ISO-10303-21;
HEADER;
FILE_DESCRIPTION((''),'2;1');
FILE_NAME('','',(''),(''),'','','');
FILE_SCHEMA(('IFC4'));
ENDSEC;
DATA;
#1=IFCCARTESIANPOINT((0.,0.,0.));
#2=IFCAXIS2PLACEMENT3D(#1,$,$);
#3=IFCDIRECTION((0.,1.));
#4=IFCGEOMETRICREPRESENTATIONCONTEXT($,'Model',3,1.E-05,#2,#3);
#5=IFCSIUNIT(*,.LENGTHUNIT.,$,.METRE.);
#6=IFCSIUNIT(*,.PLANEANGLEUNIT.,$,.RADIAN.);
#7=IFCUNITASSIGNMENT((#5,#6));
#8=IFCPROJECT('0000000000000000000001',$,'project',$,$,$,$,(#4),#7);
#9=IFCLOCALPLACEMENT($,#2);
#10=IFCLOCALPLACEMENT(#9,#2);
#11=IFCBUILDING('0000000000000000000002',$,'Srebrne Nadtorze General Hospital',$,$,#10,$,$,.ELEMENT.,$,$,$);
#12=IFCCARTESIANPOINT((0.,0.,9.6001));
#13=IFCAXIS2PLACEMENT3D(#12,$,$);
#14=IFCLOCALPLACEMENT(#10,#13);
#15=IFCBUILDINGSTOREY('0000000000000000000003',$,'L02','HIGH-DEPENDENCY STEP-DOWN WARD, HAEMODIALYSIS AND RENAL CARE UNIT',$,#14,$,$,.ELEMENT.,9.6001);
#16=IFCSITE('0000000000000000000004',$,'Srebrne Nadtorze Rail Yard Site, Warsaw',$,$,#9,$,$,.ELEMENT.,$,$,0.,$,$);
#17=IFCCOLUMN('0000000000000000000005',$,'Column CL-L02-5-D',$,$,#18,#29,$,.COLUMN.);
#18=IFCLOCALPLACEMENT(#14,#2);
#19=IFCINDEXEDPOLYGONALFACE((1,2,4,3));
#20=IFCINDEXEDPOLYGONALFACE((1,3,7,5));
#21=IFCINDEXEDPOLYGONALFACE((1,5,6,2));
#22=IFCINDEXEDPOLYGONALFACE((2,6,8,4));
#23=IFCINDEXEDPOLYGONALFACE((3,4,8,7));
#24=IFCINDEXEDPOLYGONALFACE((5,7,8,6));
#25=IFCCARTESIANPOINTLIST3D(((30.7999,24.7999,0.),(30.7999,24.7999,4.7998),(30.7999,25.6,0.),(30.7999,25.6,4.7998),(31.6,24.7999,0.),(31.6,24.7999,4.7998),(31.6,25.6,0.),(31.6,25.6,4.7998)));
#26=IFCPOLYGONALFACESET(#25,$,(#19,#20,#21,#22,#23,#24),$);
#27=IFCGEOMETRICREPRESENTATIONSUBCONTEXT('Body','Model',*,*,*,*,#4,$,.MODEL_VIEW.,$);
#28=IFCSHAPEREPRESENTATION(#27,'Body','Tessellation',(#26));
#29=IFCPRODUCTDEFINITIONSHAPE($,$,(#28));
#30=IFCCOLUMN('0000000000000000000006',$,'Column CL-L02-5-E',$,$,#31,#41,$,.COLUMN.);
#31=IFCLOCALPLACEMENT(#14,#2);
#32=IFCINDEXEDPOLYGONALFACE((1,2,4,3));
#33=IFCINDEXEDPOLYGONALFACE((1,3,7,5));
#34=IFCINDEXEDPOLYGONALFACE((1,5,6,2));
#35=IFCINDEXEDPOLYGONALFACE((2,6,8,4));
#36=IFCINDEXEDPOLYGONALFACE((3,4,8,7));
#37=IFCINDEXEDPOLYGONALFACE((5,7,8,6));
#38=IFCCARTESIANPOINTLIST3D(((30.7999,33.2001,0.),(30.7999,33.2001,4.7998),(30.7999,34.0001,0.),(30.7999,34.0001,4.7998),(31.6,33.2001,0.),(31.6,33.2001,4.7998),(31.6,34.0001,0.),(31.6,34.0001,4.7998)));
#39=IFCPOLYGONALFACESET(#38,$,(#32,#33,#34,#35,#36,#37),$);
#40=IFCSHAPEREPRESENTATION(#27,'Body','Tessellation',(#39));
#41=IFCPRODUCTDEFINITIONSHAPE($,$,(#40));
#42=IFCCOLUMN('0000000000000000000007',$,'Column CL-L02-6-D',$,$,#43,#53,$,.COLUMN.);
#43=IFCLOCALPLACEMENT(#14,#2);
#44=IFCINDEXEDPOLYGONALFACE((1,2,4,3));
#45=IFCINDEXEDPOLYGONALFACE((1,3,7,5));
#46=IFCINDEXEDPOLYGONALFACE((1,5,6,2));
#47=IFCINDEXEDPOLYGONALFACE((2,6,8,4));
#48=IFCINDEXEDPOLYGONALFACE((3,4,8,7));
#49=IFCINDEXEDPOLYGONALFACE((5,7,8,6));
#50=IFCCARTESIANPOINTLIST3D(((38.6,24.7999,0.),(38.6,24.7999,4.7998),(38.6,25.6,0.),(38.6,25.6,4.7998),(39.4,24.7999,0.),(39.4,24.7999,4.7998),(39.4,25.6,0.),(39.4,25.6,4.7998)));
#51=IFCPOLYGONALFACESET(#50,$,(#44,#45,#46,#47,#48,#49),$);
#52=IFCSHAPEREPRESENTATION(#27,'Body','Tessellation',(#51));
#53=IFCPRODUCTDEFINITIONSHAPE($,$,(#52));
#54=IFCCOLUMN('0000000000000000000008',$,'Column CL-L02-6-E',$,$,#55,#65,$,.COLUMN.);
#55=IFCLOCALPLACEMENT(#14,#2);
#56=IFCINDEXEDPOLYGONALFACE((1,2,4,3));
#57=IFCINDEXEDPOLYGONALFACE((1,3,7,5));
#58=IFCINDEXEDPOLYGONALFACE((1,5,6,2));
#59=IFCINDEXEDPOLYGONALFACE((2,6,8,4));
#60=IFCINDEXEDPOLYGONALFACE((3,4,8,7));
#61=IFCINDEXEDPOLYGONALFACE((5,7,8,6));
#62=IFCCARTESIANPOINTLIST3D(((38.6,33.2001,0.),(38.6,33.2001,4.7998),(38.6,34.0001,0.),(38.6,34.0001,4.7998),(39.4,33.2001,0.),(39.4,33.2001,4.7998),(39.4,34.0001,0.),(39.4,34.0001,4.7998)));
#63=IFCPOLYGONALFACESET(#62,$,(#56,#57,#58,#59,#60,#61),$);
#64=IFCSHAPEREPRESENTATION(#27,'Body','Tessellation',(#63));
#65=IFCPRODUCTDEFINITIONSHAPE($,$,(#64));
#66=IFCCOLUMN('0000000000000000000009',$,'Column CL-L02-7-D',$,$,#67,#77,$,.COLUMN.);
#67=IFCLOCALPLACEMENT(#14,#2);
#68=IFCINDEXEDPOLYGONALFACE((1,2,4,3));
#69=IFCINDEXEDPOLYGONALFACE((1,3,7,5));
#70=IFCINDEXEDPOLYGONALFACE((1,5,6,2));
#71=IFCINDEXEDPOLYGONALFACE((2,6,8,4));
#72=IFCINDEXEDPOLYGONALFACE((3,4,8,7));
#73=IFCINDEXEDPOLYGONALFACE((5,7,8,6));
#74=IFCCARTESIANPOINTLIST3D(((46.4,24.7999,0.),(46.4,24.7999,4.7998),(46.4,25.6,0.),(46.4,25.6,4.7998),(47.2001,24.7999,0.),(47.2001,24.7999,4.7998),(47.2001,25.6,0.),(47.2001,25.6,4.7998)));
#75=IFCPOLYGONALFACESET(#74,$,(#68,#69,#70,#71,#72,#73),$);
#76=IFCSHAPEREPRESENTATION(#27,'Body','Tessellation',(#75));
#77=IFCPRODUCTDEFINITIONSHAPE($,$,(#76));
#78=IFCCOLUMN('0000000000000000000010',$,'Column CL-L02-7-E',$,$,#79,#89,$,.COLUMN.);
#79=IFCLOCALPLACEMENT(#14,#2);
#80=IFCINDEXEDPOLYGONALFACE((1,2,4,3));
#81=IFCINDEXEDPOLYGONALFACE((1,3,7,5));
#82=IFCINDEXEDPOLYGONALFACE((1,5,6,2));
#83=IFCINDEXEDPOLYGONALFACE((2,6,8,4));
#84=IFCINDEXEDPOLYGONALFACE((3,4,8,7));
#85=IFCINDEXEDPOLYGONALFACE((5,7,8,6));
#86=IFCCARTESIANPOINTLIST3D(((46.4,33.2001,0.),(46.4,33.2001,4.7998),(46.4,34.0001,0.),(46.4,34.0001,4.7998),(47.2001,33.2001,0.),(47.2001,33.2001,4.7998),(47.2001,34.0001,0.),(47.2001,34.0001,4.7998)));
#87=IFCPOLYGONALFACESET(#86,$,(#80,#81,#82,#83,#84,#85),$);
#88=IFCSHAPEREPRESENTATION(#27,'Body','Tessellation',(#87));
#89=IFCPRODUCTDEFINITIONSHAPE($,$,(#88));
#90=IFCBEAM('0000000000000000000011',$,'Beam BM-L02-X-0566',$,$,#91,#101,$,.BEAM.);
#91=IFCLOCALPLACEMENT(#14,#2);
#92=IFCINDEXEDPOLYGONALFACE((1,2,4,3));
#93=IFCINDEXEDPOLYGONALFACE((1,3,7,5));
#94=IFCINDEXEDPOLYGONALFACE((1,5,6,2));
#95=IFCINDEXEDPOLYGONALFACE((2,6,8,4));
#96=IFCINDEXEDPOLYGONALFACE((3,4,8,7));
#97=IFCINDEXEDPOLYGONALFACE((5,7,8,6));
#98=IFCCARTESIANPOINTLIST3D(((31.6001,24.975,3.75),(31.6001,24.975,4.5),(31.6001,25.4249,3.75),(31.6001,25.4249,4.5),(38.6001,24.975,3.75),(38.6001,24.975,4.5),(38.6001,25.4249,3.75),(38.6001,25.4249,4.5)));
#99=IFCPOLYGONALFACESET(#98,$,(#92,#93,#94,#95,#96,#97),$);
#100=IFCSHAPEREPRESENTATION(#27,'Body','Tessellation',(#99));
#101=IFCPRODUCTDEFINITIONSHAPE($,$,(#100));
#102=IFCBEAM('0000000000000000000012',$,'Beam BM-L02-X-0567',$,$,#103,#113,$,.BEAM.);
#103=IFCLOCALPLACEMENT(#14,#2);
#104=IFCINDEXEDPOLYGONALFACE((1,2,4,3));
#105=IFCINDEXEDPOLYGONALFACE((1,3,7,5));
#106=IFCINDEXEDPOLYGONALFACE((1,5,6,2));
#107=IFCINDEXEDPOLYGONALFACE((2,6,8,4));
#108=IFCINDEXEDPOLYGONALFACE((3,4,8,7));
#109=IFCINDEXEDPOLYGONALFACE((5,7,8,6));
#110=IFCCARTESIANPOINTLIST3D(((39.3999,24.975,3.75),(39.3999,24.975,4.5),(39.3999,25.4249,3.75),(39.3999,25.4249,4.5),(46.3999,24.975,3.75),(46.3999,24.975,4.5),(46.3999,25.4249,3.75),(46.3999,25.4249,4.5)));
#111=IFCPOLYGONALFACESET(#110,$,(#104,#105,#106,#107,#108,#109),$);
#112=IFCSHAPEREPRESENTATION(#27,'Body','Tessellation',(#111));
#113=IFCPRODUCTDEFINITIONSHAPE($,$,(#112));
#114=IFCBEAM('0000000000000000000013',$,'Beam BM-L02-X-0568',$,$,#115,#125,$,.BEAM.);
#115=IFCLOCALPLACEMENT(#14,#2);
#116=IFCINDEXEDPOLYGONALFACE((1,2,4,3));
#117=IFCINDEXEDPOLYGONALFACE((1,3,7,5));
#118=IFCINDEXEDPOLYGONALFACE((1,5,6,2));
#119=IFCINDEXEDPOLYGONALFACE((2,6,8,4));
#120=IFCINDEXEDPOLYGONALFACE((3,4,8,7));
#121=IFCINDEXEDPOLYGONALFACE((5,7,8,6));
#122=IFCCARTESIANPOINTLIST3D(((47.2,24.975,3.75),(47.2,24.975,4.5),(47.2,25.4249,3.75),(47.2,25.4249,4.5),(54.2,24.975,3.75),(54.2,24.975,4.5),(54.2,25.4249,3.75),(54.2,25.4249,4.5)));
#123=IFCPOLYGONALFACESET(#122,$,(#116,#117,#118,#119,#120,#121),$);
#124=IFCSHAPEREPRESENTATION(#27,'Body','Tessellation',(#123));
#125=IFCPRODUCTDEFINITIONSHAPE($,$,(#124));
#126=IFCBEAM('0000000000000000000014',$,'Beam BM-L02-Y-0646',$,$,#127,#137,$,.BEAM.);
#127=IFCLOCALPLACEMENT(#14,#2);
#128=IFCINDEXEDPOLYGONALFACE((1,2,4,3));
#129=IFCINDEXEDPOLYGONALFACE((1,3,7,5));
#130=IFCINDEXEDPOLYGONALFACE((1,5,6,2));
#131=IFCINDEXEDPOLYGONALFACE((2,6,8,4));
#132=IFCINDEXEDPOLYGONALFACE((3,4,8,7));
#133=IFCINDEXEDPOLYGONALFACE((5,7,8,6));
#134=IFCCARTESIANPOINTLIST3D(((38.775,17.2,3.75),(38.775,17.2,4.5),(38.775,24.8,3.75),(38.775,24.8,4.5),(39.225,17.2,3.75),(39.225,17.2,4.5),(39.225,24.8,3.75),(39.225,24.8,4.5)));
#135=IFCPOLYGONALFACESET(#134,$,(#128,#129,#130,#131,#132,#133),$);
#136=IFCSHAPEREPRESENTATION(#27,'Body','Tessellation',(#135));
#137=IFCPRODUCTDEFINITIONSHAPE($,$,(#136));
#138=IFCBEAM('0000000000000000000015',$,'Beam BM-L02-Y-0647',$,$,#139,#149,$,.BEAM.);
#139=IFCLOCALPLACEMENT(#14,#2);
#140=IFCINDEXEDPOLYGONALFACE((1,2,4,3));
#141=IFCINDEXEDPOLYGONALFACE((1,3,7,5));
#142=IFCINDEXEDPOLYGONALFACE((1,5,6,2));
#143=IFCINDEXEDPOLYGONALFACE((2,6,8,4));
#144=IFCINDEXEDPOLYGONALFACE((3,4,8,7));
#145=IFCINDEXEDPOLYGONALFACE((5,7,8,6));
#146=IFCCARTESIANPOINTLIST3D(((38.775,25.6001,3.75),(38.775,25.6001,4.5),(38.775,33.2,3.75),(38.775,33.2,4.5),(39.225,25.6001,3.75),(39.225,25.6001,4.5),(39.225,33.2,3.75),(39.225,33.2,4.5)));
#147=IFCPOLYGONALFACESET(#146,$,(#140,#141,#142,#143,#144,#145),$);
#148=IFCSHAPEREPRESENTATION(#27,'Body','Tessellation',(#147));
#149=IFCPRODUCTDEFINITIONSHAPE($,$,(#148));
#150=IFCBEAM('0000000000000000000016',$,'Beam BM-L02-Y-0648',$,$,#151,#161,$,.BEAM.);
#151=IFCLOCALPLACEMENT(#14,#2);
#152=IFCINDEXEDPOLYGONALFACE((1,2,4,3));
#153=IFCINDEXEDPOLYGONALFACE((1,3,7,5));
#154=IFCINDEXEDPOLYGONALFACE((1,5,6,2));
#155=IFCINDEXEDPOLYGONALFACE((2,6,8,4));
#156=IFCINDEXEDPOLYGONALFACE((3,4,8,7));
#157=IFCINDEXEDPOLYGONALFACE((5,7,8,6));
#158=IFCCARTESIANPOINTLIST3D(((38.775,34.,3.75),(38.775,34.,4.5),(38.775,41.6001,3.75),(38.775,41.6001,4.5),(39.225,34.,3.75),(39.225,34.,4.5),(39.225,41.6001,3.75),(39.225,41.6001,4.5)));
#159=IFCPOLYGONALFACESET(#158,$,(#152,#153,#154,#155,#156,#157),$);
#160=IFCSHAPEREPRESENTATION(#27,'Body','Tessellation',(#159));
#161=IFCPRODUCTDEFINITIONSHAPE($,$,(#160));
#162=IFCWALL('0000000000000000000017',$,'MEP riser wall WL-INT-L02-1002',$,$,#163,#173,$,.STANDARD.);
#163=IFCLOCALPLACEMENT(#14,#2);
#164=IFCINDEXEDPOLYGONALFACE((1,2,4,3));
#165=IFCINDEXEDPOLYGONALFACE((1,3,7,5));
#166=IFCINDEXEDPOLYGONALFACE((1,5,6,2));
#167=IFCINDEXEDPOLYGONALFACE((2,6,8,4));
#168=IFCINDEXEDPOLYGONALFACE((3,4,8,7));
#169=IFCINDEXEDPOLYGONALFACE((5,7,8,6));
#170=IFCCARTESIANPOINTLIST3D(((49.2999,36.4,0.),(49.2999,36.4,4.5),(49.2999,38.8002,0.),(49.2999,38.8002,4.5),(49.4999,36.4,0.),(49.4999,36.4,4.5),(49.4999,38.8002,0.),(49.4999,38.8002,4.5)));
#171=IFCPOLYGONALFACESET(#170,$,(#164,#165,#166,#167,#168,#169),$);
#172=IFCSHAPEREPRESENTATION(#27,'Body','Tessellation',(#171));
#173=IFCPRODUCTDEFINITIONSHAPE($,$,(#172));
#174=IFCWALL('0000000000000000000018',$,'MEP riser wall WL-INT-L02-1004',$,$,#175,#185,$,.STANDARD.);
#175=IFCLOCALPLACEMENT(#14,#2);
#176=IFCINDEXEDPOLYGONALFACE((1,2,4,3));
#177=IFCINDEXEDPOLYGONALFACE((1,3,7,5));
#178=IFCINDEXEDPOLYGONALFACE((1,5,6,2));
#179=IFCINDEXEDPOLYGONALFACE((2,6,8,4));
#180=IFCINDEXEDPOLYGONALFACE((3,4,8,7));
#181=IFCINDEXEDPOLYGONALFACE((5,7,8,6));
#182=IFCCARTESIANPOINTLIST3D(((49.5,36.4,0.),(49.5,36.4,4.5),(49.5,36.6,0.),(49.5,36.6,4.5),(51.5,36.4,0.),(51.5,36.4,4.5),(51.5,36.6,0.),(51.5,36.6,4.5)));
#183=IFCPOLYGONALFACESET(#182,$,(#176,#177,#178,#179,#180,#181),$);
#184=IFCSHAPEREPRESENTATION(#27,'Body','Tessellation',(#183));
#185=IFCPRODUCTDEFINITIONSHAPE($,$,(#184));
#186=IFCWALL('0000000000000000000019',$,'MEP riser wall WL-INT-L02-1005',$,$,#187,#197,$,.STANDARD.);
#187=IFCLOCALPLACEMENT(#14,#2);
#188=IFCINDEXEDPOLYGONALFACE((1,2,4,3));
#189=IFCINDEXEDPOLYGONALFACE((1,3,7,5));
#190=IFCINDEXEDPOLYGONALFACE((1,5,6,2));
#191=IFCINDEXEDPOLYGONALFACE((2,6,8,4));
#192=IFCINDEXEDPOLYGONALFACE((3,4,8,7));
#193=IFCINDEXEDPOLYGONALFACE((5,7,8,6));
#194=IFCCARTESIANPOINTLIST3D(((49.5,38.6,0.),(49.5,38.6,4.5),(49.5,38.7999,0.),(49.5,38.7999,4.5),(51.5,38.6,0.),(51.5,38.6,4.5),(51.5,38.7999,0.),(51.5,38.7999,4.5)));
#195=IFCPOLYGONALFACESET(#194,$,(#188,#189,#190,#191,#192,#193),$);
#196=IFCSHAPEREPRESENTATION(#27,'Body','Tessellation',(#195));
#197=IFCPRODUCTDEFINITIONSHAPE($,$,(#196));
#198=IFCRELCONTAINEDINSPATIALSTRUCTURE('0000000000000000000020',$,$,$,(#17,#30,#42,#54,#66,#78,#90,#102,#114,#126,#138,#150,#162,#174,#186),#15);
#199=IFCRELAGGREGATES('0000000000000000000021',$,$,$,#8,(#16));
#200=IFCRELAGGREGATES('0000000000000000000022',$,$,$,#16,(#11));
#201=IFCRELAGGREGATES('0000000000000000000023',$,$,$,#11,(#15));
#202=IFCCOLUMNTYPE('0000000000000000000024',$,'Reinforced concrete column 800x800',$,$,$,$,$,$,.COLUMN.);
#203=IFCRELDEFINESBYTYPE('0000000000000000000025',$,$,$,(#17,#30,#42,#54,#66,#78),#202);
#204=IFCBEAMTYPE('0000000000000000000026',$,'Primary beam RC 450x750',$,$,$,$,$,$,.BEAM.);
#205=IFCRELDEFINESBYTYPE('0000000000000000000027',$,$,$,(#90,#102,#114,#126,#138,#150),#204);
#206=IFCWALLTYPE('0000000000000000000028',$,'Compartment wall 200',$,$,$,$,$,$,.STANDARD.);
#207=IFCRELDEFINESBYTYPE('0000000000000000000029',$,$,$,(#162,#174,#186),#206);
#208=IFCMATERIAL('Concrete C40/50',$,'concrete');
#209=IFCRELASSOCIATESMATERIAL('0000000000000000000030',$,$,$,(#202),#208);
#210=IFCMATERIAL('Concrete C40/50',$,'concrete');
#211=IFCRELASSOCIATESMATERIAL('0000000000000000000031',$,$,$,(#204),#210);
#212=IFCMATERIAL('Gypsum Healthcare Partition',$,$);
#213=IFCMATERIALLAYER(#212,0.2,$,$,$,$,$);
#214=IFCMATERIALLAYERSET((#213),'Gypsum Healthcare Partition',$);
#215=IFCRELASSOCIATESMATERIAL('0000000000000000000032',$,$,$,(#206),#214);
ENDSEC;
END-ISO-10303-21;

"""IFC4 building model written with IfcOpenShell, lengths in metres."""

from ifc_helpers import new_model, si_unit, direction, frame, frame_2d, origin, origin_2d, place, context, subcontext, project, spatial, rectangle, extrude, material, layer, layer_set, material_profile, profile_set, type_object, element, save


model = new_model("IFC4")

# Units and contexts
model_context = context("Model", 3, precision=1e-05, world=origin(), true_north=direction((0.0, 1.0)))
body_context = subcontext(model_context, "Body", "Model", "MODEL_VIEW")
ifc_project = project(units=[si_unit("LENGTHUNIT", "METRE"), si_unit("PLANEANGLEUNIT", "RADIAN")], contexts=[model_context])

# Site, building, storey
site_placement = place(None, origin())
site = spatial("IfcSite", under=ifc_project, at=site_placement, Name="Srebrne Nadtorze Rail Yard Site, Warsaw", CompositionType="ELEMENT", RefElevation=0.0)
building_placement = place(site_placement, origin())
building = spatial("IfcBuilding", under=site, at=building_placement, Name="Srebrne Nadtorze General Hospital", CompositionType="ELEMENT")
storey_placement = place(building_placement, frame((0.0, 0.0, 9.6001)))
storey = spatial("IfcBuildingStorey", under=building, at=storey_placement, Name="L02", Description="HIGH-DEPENDENCY STEP-DOWN WARD, HAEMODIALYSIS AND RENAL CARE UNIT", CompositionType="ELEMENT", Elevation=9.6001)

# Columns
ifc_material_1 = material(Name="Concrete C40/50", Category="concrete")
ifc_material_profile_1 = material_profile(ifc_material_1, rectangle(XDim=0.8, YDim=0.8, at=origin_2d()), Name="RC-COL-800x800")
ifc_profile_set_1 = profile_set([ifc_material_profile_1], Name="Concrete C40/50")
column_type = type_object("IfcColumnType", Name="Reinforced concrete column 800x800", PredefinedType="COLUMN", material=ifc_profile_set_1)
for number, where, z_axis, x_axis, name in (
    (1, (31.2, 25.2, 0.0), (0.0, 0.0, 1.0), (1.0, 0.0, 0.0), "Column CL-L02-5-D"),
    (2, (31.2, 33.6001, 0.0), (0.0, 0.0, 1.0), (1.0, 0.0, 0.0), "Column CL-L02-5-E"),
    (3, (39.0, 25.2, 0.0), (0.0, 0.0, 1.0), (1.0, 0.0, 0.0), "Column CL-L02-6-D"),
    (4, (39.0, 33.6001, 0.0), (0.0, 0.0, 1.0), (1.0, 0.0, 0.0), "Column CL-L02-6-E"),
    (5, (46.8, 25.2, 0.0), (0.0, 0.0, 1.0), (1.0, 0.0, 0.0), "Column CL-L02-7-D"),
    (6, (46.8, 33.6001, 0.0), (0.0, 0.0, 1.0), (1.0, 0.0, 0.0), "Column CL-L02-7-E"),
):
    element("IfcColumn", number, at=place(storey_placement, frame(where, z_axis=z_axis, x_axis=x_axis)), inside=storey, type_object=column_type, Name=name, PredefinedType="COLUMN", context=body_context, shape_type="SweptSolid", body=[
        extrude(rectangle(XDim=0.8, YDim=0.8, at=origin_2d()), origin(), (0.0, 0.0, 1.0), 4.7998),
    ])

# Beams
ifc_material_2 = material(Name="Concrete C40/50", Category="concrete")
ifc_material_profile_2 = material_profile(ifc_material_2, rectangle(XDim=0.45, YDim=0.75, at=origin_2d()), Name="RC-BM-450x750")
ifc_profile_set_2 = profile_set([ifc_material_profile_2], Name="Concrete C40/50")
beam_type = type_object("IfcBeamType", Name="Primary beam RC 450x750", PredefinedType="BEAM", material=ifc_profile_set_2)
for number, where, z_axis, x_axis, name in (
    (7, (31.6001, 25.2, 4.125), (1.0, 0.0, 0.0), (0.0, 1.0, 0.0), "Beam BM-L02-X-0566"),
    (8, (39.3999, 25.2, 4.125), (1.0, 0.0, 0.0), (0.0, 1.0, 0.0), "Beam BM-L02-X-0567"),
    (9, (47.2, 25.2, 4.125), (1.0, 0.0, 0.0), (0.0, 1.0, 0.0), "Beam BM-L02-X-0568"),
):
    element("IfcBeam", number, at=place(storey_placement, frame(where, z_axis=z_axis, x_axis=x_axis)), inside=storey, type_object=beam_type, Name=name, PredefinedType="BEAM", context=body_context, shape_type="SweptSolid", body=[
        extrude(rectangle(XDim=0.45, YDim=0.75, at=origin_2d()), origin(), (0.0, 0.0, 1.0), 7.0),
    ])
beam_1_placement = place(storey_placement, frame((39.0, 17.2, 4.125), z_axis=(0.0, 1.0, 0.0), x_axis=(-1.0, 0.0, 0.0)))
element("IfcBeam", 10, at=beam_1_placement, inside=storey, type_object=beam_type, Name="Beam BM-L02-Y-0646", PredefinedType="BEAM", context=body_context, shape_type="SweptSolid", body=[
    extrude(rectangle(XDim=0.45, YDim=0.75, at=origin_2d()), origin(), (0.0, 0.0, 1.0), 7.6001),
])
beam_2_placement = place(storey_placement, frame((39.0, 25.6001, 4.125), z_axis=(0.0, 1.0, 0.0), x_axis=(-1.0, 0.0, 0.0)))
element("IfcBeam", 11, at=beam_2_placement, inside=storey, type_object=beam_type, Name="Beam BM-L02-Y-0647", PredefinedType="BEAM", context=body_context, shape_type="SweptSolid", body=[
    extrude(rectangle(XDim=0.45, YDim=0.75, at=origin_2d()), origin(), (0.0, 0.0, 1.0), 7.5999),
])
beam_3_placement = place(storey_placement, frame((39.0, 34.0, 4.125), z_axis=(0.0, 1.0, 0.0), x_axis=(-1.0, 0.0, 0.0)))
element("IfcBeam", 12, at=beam_3_placement, inside=storey, type_object=beam_type, Name="Beam BM-L02-Y-0648", PredefinedType="BEAM", context=body_context, shape_type="SweptSolid", body=[
    extrude(rectangle(XDim=0.45, YDim=0.75, at=origin_2d()), origin(), (0.0, 0.0, 1.0), 7.6001),
])

# Walls
ifc_material_3 = material(Name="Gypsum Healthcare Partition")
ifc_layer_1 = layer(ifc_material_3, 0.2)
ifc_layer_set_1 = layer_set([ifc_layer_1], Name="Gypsum Healthcare Partition")
wall_type_1 = type_object("IfcWallType", Name="Compartment wall 200", PredefinedType="STANDARD", material=ifc_layer_set_1)
wall_1_placement = place(storey_placement, frame((49.3999, 36.3999, 0.0), z_axis=(0.0, 0.0, 1.0), x_axis=(0.0, 1.0, 0.0)))
element("IfcWall", 13, at=wall_1_placement, inside=storey, type_object=wall_type_1, Name="MEP riser wall WL-INT-L02-1002", PredefinedType="STANDARD", context=body_context, shape_type="SweptSolid", body=[
    extrude(rectangle(XDim=2.4001, YDim=0.2, at=frame_2d((1.2002, 0.0))), origin(), (0.0, 0.0, 1.0), 4.5),
])
for number, where, z_axis, x_axis, name in (
    (14, (49.5, 36.5, 0.0), (0.0, 0.0, 1.0), (1.0, 0.0, 0.0), "MEP riser wall WL-INT-L02-1004"),
    (15, (49.5, 38.7, 0.0), (0.0, 0.0, 1.0), (1.0, 0.0, 0.0), "MEP riser wall WL-INT-L02-1005"),
):
    element("IfcWall", number, at=place(storey_placement, frame(where, z_axis=z_axis, x_axis=x_axis)), inside=storey, type_object=wall_type_1, Name=name, PredefinedType="STANDARD", context=body_context, shape_type="SweptSolid", body=[
        extrude(rectangle(XDim=2.0, YDim=0.2, at=frame_2d((1.0, 0.0))), origin(), (0.0, 0.0, 1.0), 4.5),
    ])

save(model, "model.ifc")
